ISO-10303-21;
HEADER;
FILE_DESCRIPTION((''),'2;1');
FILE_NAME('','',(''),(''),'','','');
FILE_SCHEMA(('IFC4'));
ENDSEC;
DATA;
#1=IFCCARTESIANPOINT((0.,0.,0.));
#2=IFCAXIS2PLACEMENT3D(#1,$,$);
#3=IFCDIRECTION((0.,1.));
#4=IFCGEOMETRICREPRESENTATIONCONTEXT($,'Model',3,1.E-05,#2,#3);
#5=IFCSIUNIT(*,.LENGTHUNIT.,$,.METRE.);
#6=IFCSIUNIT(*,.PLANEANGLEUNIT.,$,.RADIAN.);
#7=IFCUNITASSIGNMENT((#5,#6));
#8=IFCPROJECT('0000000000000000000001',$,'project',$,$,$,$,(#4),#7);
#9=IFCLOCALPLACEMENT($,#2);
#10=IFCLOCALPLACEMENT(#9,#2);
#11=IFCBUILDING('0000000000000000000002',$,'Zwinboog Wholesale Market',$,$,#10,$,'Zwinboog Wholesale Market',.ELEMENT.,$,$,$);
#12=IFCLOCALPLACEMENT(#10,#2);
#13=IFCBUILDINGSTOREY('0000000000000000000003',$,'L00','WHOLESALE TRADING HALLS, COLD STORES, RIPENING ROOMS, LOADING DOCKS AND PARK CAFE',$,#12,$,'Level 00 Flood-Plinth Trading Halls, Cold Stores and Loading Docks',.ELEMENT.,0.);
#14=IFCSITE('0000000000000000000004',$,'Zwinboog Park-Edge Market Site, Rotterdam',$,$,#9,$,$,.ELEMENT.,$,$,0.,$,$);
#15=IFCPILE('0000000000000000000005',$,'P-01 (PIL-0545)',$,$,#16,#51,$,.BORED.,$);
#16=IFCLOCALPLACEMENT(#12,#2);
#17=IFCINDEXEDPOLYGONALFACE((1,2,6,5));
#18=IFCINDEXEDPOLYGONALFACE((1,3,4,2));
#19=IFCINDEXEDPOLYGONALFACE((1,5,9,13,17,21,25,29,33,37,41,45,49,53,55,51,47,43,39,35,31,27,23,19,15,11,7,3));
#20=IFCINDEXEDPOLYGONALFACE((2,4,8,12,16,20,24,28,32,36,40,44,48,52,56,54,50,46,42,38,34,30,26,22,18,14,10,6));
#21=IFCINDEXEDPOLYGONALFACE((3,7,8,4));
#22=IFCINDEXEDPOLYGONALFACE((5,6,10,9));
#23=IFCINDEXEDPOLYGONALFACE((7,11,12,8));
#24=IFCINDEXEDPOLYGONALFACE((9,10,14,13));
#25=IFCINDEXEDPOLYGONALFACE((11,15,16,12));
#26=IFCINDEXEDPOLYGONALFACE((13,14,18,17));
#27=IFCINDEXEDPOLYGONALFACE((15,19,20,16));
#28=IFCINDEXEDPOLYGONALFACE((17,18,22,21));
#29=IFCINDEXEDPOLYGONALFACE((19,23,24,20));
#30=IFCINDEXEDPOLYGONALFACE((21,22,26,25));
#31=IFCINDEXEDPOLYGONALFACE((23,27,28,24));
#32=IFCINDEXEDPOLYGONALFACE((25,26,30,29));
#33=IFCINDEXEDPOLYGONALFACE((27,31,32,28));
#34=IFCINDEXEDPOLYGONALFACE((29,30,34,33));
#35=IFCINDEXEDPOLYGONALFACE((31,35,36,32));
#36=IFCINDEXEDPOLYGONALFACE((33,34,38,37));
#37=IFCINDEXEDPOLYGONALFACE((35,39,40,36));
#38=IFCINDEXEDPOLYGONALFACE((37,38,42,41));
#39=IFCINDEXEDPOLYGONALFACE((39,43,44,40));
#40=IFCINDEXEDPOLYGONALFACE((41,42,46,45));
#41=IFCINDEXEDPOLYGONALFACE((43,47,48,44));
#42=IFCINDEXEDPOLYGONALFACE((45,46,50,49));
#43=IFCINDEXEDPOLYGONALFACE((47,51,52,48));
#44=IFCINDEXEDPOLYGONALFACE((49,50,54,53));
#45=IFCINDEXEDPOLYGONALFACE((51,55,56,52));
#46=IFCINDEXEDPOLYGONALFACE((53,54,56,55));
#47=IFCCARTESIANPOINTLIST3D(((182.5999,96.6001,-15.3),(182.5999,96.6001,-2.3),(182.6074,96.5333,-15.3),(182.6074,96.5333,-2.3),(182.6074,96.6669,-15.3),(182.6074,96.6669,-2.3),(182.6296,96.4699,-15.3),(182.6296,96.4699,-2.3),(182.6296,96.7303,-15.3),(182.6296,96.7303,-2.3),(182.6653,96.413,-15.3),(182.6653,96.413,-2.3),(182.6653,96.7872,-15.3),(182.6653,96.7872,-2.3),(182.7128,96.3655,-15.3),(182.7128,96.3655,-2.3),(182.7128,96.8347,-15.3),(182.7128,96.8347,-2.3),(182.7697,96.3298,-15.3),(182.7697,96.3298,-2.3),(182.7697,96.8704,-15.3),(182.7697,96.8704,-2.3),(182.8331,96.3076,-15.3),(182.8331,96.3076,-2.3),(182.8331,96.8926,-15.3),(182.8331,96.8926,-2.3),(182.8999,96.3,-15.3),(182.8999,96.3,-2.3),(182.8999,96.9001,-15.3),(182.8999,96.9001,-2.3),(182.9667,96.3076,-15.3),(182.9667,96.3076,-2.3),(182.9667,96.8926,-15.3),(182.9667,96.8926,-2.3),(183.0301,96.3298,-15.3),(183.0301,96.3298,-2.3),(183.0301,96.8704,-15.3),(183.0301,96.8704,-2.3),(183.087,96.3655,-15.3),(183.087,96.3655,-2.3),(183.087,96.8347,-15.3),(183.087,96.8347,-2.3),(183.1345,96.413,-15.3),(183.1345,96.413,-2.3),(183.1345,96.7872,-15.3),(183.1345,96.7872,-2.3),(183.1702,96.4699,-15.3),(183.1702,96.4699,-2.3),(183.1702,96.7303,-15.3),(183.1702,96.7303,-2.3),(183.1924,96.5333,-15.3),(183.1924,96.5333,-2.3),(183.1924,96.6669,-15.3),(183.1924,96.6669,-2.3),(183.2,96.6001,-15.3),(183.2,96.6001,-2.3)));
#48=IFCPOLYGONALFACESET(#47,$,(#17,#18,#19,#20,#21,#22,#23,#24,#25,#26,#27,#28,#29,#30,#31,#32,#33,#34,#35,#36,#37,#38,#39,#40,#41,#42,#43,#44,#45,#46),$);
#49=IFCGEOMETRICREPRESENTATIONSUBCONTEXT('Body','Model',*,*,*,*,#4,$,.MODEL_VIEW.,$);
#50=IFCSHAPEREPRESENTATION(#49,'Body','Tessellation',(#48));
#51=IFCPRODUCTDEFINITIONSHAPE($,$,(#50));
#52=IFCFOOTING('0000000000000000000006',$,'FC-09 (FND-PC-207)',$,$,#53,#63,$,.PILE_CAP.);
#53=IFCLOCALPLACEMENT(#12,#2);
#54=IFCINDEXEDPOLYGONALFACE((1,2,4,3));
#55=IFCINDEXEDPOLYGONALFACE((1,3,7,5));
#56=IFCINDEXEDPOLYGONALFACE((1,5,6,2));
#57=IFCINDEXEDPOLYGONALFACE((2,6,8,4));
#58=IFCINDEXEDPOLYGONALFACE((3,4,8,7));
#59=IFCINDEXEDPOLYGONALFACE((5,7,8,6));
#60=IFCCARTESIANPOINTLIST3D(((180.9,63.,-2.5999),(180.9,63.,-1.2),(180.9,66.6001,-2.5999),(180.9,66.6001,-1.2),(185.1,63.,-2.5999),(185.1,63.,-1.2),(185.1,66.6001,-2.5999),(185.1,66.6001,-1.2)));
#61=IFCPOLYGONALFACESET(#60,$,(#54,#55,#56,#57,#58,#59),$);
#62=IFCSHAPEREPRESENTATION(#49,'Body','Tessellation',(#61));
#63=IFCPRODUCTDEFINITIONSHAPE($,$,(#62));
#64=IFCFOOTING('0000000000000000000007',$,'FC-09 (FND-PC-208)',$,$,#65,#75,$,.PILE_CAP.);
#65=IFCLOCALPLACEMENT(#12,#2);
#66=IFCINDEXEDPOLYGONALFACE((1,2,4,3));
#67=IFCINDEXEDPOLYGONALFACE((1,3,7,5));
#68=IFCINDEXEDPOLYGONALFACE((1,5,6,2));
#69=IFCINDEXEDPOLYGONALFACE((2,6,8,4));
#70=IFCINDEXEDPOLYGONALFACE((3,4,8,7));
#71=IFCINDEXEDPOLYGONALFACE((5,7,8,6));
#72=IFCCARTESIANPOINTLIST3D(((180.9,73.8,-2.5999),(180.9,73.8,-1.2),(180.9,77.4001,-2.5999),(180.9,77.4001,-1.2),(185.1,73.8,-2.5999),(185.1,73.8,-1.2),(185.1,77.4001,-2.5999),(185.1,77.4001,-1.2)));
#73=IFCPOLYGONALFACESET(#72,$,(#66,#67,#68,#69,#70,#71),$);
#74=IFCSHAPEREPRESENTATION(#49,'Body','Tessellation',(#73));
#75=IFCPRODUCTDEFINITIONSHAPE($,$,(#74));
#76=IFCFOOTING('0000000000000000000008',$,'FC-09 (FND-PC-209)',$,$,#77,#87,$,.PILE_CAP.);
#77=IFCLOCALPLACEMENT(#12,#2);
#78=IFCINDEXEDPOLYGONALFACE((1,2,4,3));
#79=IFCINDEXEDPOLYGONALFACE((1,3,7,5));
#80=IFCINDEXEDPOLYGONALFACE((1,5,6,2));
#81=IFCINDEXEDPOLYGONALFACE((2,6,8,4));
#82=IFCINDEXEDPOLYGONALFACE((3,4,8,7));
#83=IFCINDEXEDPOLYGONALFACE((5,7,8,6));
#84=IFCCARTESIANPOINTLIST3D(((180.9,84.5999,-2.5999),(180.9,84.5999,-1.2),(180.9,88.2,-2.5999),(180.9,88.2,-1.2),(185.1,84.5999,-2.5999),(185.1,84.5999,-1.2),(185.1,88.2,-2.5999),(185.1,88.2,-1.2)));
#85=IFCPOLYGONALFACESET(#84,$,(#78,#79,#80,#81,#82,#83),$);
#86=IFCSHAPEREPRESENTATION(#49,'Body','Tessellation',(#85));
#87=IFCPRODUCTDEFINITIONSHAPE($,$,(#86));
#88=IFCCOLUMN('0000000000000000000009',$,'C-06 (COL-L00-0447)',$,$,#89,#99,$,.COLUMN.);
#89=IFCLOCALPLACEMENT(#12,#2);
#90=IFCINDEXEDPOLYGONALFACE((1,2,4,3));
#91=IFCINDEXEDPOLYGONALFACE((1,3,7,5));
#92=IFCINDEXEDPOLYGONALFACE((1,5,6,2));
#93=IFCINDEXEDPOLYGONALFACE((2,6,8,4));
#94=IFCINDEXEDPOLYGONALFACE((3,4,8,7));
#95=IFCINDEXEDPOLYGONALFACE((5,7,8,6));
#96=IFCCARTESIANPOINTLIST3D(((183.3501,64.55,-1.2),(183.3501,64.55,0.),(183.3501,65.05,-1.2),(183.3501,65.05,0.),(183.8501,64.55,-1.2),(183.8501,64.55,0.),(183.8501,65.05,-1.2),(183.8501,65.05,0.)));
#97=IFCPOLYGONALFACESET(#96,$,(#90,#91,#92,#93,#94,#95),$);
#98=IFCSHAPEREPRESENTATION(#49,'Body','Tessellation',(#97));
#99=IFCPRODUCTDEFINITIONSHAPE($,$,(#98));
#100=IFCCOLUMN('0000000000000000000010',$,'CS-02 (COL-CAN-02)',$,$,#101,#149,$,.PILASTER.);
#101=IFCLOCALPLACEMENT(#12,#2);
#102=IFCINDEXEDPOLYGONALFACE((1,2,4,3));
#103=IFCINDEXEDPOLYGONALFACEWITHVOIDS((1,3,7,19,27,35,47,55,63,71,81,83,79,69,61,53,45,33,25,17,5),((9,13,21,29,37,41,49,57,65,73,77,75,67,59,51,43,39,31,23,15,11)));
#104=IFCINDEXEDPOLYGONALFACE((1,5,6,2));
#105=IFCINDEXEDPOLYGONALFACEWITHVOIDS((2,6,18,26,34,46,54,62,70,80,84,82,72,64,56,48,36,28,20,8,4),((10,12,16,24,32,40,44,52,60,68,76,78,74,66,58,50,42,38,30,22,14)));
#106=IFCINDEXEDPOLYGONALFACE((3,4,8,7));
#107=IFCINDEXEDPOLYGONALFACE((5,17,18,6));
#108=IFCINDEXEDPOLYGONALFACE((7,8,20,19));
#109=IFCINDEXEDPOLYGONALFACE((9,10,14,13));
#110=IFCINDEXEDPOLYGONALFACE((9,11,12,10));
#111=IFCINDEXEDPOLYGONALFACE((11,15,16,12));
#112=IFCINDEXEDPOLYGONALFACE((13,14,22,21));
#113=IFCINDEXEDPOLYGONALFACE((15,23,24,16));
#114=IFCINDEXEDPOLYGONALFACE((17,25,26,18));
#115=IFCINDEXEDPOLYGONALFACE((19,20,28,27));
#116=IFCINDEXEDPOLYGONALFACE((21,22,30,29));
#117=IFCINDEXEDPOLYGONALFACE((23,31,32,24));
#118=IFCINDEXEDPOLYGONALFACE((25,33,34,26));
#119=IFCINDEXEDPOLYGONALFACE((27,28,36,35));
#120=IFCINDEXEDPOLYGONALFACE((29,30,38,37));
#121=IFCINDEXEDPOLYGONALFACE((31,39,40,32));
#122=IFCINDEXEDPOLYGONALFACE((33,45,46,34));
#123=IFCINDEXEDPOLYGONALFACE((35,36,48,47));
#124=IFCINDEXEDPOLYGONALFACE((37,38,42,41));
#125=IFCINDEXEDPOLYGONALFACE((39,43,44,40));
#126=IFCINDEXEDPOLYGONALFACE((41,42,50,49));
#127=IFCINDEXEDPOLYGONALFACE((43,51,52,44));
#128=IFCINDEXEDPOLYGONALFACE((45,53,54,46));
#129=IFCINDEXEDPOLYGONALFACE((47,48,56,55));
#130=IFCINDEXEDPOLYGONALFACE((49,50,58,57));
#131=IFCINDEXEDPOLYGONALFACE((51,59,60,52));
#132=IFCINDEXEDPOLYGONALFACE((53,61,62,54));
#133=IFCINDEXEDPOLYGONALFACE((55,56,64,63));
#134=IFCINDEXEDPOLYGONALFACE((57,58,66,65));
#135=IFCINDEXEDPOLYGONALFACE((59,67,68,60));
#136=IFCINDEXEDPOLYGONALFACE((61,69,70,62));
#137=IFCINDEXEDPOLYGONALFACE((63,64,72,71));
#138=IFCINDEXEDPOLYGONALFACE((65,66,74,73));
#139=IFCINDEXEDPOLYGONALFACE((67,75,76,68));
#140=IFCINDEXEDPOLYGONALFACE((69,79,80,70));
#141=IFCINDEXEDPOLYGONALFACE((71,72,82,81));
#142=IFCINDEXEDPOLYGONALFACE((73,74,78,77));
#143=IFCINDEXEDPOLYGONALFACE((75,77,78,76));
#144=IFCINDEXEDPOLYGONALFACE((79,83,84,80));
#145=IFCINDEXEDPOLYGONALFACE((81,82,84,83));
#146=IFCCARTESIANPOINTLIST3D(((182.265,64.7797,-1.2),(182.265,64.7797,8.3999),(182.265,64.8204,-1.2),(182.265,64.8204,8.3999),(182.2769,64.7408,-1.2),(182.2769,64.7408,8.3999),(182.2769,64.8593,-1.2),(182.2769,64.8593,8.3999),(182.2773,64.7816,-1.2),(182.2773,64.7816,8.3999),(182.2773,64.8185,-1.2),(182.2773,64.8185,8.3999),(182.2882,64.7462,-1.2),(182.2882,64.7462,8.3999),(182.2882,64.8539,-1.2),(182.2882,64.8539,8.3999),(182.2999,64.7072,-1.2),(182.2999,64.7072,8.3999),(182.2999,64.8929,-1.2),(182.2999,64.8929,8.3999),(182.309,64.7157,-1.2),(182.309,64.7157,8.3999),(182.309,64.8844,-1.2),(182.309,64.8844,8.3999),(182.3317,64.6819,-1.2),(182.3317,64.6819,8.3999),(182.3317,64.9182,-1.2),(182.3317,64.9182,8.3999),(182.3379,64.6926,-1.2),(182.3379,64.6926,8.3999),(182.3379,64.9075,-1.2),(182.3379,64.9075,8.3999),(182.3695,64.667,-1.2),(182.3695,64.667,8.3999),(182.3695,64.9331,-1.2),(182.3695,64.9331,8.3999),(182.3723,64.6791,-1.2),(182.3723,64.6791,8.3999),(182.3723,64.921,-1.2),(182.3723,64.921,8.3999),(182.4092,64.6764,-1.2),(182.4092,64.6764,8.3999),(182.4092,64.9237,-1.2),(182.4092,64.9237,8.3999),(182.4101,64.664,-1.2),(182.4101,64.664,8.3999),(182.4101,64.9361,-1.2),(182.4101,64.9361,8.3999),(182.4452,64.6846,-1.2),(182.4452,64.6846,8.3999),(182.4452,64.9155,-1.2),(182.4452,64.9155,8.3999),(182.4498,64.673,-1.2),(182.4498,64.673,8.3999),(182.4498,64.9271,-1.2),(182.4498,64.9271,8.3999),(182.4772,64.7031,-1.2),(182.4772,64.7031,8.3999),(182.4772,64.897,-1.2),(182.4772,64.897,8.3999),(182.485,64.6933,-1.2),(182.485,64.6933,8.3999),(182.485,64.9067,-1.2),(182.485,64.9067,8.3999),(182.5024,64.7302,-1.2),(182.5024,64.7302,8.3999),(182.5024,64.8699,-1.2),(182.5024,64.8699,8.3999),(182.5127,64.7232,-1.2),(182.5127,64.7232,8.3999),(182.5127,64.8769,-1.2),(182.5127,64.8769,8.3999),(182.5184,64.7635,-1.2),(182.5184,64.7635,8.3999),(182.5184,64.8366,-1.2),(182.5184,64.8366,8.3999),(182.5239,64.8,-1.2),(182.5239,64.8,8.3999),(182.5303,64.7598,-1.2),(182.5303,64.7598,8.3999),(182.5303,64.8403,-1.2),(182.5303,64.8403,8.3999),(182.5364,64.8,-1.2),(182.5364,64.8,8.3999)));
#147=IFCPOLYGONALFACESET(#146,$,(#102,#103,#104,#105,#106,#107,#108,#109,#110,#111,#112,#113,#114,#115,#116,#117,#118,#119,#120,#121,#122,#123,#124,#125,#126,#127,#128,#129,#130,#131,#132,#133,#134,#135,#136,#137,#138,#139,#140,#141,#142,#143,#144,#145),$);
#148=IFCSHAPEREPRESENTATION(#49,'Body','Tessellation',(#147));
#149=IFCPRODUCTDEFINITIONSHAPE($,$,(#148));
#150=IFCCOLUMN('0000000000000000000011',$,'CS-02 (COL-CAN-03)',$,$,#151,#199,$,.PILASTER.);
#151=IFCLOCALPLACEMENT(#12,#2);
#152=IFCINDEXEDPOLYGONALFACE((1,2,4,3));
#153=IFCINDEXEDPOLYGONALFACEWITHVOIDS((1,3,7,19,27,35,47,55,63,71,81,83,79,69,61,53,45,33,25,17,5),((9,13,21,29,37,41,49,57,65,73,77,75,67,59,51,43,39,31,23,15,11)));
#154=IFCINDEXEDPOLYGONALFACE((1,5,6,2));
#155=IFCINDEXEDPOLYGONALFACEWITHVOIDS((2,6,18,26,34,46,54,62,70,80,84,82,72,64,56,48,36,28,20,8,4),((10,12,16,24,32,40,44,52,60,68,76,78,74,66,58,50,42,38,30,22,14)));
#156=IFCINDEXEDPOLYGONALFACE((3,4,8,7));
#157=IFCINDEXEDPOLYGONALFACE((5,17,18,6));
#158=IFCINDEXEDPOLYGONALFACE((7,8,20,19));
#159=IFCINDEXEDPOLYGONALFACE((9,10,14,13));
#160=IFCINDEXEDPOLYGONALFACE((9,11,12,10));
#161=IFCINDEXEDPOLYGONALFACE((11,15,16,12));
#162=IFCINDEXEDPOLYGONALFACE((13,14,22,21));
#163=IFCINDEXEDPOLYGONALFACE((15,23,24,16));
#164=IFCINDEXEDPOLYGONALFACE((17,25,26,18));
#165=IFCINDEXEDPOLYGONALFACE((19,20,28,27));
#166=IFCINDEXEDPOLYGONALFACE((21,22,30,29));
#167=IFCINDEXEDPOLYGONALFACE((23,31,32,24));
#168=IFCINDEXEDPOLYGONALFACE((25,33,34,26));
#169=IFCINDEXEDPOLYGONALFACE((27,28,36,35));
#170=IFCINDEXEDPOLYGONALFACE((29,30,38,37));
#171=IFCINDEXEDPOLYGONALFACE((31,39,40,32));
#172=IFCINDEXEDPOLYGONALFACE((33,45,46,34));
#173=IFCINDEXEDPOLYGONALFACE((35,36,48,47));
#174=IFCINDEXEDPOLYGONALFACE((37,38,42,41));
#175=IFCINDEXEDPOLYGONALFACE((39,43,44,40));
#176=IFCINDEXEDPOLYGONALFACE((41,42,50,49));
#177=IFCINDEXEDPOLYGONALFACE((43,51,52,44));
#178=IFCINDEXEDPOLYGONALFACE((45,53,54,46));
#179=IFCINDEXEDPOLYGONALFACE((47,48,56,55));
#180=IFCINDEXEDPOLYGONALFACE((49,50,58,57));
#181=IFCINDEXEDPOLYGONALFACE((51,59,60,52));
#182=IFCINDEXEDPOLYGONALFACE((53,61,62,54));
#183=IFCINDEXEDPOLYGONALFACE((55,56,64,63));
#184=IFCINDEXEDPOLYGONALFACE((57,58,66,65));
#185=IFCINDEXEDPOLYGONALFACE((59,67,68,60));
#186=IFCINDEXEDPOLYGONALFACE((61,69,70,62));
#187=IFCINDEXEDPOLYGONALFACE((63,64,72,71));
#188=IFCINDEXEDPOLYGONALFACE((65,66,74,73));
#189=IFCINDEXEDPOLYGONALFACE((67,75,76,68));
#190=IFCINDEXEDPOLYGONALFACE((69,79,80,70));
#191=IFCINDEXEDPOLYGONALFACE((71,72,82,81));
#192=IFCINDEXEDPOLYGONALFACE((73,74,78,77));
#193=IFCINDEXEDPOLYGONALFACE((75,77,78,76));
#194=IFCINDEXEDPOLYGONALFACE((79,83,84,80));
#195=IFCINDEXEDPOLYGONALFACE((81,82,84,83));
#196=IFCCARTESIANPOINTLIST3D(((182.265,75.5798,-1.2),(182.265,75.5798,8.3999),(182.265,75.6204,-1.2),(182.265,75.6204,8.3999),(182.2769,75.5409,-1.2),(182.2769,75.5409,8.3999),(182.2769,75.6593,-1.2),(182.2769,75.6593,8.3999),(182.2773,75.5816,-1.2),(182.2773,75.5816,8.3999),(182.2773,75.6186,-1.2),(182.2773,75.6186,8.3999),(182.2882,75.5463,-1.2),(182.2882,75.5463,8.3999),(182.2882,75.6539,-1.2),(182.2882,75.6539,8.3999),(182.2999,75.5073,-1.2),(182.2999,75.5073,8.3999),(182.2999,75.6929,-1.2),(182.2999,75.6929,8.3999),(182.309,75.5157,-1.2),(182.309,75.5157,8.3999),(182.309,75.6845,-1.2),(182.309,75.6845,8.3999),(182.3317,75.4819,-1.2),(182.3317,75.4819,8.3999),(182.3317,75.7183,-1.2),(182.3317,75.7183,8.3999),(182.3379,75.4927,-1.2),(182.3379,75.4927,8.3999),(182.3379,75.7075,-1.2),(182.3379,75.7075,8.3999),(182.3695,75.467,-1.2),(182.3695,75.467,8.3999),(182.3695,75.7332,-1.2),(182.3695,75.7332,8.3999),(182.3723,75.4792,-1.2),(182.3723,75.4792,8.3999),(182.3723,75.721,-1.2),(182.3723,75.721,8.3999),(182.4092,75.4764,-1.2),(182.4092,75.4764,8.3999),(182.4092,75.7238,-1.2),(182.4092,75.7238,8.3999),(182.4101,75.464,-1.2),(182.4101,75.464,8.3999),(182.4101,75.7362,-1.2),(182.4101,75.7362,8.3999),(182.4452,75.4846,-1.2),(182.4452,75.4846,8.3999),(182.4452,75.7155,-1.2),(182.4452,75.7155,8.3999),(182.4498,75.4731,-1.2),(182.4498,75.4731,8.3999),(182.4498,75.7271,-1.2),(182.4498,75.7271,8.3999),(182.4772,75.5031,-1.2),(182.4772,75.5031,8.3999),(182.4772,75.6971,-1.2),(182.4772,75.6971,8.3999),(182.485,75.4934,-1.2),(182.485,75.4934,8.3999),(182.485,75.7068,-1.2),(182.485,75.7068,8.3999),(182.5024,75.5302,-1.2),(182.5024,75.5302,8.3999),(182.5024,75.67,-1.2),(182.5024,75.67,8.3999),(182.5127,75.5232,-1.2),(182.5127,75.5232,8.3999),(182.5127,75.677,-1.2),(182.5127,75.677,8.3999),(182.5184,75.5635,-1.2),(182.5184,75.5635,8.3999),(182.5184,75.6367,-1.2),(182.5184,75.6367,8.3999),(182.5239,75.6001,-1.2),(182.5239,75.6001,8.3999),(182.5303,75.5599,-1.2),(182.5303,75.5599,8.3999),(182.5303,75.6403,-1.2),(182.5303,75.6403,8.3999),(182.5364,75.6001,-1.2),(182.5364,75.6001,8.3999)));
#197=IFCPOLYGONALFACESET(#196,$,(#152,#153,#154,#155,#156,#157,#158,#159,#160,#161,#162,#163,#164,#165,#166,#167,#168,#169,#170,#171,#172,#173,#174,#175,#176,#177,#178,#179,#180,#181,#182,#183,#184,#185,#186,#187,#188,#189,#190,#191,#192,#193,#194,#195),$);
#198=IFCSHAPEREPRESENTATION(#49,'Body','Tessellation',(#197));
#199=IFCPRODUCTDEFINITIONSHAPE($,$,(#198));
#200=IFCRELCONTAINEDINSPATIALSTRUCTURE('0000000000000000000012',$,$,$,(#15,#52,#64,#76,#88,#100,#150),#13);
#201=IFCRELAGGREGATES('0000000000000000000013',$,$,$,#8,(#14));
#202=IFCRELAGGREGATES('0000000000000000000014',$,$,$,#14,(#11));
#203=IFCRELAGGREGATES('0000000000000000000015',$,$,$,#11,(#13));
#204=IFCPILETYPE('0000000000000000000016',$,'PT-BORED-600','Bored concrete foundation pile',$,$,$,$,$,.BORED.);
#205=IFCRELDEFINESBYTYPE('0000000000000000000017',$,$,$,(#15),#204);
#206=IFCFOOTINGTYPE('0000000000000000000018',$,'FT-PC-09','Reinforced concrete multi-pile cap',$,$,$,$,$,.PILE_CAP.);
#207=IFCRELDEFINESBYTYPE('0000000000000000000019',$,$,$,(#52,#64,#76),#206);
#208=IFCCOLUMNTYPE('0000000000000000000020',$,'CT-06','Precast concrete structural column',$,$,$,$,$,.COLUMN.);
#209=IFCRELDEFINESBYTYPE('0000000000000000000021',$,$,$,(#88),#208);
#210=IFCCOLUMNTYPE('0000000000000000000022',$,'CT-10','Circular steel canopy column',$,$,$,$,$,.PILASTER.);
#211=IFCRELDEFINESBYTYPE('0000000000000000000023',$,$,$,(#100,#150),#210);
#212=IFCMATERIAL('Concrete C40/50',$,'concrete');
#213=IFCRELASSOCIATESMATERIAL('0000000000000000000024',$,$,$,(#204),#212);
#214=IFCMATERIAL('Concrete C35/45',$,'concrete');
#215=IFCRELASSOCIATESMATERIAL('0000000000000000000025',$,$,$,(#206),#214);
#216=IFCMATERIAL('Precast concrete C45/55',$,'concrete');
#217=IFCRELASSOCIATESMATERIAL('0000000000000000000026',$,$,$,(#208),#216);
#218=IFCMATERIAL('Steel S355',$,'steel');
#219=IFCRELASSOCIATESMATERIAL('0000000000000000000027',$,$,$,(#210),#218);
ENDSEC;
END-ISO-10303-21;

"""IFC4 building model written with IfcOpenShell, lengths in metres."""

from ifc_helpers import new_model, si_unit, direction, frame, origin, origin_2d, place, context, subcontext, project, spatial, rectangle, circle, hollow_circle, extrude, material, material_profile, profile_set, type_object, element, save


model = new_model("IFC4")

# Units and contexts
model_context = context("Model", 3, precision=1e-05, world=origin(), true_north=direction((0.0, 1.0)))
body_context = subcontext(model_context, "Body", "Model", "MODEL_VIEW")
ifc_project = project(units=[si_unit("LENGTHUNIT", "METRE"), si_unit("PLANEANGLEUNIT", "RADIAN")], contexts=[model_context])

# Site, building, storey
site_placement = place(None, origin())
site = spatial("IfcSite", under=ifc_project, at=site_placement, Name="Zwinboog Park-Edge Market Site, Rotterdam", CompositionType="ELEMENT", RefElevation=0.0)
building_placement = place(site_placement, origin())
building = spatial("IfcBuilding", under=site, at=building_placement, Name="Zwinboog Wholesale Market", LongName="Zwinboog Wholesale Market", CompositionType="ELEMENT")
storey_placement = place(building_placement, origin())
storey = spatial("IfcBuildingStorey", under=building, at=storey_placement, Name="L00", Description="WHOLESALE TRADING HALLS, COLD STORES, RIPENING ROOMS, LOADING DOCKS AND PARK CAFE", LongName="Level 00 Flood-Plinth Trading Halls, Cold Stores and Loading Docks", CompositionType="ELEMENT", Elevation=0.0)

# Pile
ifc_material_1 = material(Name="Concrete C40/50", Category="concrete")
ifc_material_profile_1 = material_profile(ifc_material_1, circle(Radius=0.3, at=origin_2d()), Name="PILE D600")
ifc_profile_set_1 = profile_set([ifc_material_profile_1], Name="Concrete C40/50")
pile_type = type_object("IfcPileType", Name="PT-BORED-600", Description="Bored concrete foundation pile", PredefinedType="BORED", material=ifc_profile_set_1)
pile_placement = place(storey_placement, frame((182.8999, 96.6001, -2.3), z_axis=(0.0, 0.0, -1.0), x_axis=(1.0, 0.0, 0.0)))
element("IfcPile", 1, at=pile_placement, inside=storey, type_object=pile_type, Name="P-01 (PIL-0545)", PredefinedType="BORED", context=body_context, shape_type="SweptSolid", body=[
    extrude(circle(Radius=0.3, at=origin_2d()), origin(), (0.0, 0.0, 1.0), 13.0),
])

# Footings
ifc_material_2 = material(Name="Concrete C35/45", Category="concrete")
footing_type = type_object("IfcFootingType", Name="FT-PC-09", Description="Reinforced concrete multi-pile cap", PredefinedType="PILE_CAP", material=ifc_material_2)
for number, where, z_axis, x_axis, name in (
    (2, (183.0, 64.8, -2.5999), (0.0, 0.0, 1.0), (1.0, 0.0, 0.0), "FC-09 (FND-PC-207)"),
    (3, (183.0, 75.6001, -2.5999), (0.0, 0.0, 1.0), (1.0, 0.0, 0.0), "FC-09 (FND-PC-208)"),
    (4, (183.0, 86.3999, -2.5999), (0.0, 0.0, 1.0), (1.0, 0.0, 0.0), "FC-09 (FND-PC-209)"),
):
    element("IfcFooting", number, at=place(storey_placement, frame(where, z_axis=z_axis, x_axis=x_axis)), inside=storey, type_object=footing_type, Name=name, PredefinedType="PILE_CAP", context=body_context, shape_type="SweptSolid", body=[
        extrude(rectangle(XDim=4.2, YDim=3.6001, at=origin_2d()), origin(), (0.0, 0.0, 1.0), 1.3999),
    ])

# Columns
ifc_material_3 = material(Name="Precast concrete C45/55", Category="concrete")
ifc_material_profile_2 = material_profile(ifc_material_3, rectangle(XDim=0.5, YDim=0.5, at=origin_2d()), Name="PC 500x500")
ifc_profile_set_2 = profile_set([ifc_material_profile_2], Name="Precast concrete C45/55")
column_type_1 = type_object("IfcColumnType", Name="CT-06", Description="Precast concrete structural column", PredefinedType="COLUMN", material=ifc_profile_set_2)
column_1_placement = place(storey_placement, frame((183.6001, 64.8, -1.2), z_axis=(0.0, 0.0, 1.0), x_axis=(1.0, 0.0, 0.0)))
element("IfcColumn", 5, at=column_1_placement, inside=storey, type_object=column_type_1, Name="C-06 (COL-L00-0447)", PredefinedType="COLUMN", context=body_context, shape_type="SweptSolid", body=[
    extrude(rectangle(XDim=0.5, YDim=0.5, at=origin_2d()), origin(), (0.0, 0.0, 1.0), 1.2),
])
ifc_material_4 = material(Name="Steel S355", Category="steel")
ifc_material_profile_3 = material_profile(ifc_material_4, hollow_circle(Radius=0.1365, WallThickness=0.0125, at=origin_2d()), Name="CHS 273x12.5")
ifc_profile_set_3 = profile_set([ifc_material_profile_3], Name="Steel S355")
column_type_2 = type_object("IfcColumnType", Name="CT-10", Description="Circular steel canopy column", PredefinedType="PILASTER", material=ifc_profile_set_3)
for number, where, z_axis, x_axis, name in (
    (6, (182.3999, 64.8, -1.2), (0.0, 0.0, 1.0), (1.0, 0.0, 0.0), "CS-02 (COL-CAN-02)"),
    (7, (182.3999, 75.6001, -1.2), (0.0, 0.0, 1.0), (1.0, 0.0, 0.0), "CS-02 (COL-CAN-03)"),
):
    element("IfcColumn", number, at=place(storey_placement, frame(where, z_axis=z_axis, x_axis=x_axis)), inside=storey, type_object=column_type_2, Name=name, PredefinedType="PILASTER", context=body_context, shape_type="SweptSolid", body=[
        extrude(hollow_circle(Radius=0.1365, WallThickness=0.0125, at=origin_2d()), origin(), (0.0, 0.0, 1.0), 9.5999),
    ])

save(model, "model.ifc")
